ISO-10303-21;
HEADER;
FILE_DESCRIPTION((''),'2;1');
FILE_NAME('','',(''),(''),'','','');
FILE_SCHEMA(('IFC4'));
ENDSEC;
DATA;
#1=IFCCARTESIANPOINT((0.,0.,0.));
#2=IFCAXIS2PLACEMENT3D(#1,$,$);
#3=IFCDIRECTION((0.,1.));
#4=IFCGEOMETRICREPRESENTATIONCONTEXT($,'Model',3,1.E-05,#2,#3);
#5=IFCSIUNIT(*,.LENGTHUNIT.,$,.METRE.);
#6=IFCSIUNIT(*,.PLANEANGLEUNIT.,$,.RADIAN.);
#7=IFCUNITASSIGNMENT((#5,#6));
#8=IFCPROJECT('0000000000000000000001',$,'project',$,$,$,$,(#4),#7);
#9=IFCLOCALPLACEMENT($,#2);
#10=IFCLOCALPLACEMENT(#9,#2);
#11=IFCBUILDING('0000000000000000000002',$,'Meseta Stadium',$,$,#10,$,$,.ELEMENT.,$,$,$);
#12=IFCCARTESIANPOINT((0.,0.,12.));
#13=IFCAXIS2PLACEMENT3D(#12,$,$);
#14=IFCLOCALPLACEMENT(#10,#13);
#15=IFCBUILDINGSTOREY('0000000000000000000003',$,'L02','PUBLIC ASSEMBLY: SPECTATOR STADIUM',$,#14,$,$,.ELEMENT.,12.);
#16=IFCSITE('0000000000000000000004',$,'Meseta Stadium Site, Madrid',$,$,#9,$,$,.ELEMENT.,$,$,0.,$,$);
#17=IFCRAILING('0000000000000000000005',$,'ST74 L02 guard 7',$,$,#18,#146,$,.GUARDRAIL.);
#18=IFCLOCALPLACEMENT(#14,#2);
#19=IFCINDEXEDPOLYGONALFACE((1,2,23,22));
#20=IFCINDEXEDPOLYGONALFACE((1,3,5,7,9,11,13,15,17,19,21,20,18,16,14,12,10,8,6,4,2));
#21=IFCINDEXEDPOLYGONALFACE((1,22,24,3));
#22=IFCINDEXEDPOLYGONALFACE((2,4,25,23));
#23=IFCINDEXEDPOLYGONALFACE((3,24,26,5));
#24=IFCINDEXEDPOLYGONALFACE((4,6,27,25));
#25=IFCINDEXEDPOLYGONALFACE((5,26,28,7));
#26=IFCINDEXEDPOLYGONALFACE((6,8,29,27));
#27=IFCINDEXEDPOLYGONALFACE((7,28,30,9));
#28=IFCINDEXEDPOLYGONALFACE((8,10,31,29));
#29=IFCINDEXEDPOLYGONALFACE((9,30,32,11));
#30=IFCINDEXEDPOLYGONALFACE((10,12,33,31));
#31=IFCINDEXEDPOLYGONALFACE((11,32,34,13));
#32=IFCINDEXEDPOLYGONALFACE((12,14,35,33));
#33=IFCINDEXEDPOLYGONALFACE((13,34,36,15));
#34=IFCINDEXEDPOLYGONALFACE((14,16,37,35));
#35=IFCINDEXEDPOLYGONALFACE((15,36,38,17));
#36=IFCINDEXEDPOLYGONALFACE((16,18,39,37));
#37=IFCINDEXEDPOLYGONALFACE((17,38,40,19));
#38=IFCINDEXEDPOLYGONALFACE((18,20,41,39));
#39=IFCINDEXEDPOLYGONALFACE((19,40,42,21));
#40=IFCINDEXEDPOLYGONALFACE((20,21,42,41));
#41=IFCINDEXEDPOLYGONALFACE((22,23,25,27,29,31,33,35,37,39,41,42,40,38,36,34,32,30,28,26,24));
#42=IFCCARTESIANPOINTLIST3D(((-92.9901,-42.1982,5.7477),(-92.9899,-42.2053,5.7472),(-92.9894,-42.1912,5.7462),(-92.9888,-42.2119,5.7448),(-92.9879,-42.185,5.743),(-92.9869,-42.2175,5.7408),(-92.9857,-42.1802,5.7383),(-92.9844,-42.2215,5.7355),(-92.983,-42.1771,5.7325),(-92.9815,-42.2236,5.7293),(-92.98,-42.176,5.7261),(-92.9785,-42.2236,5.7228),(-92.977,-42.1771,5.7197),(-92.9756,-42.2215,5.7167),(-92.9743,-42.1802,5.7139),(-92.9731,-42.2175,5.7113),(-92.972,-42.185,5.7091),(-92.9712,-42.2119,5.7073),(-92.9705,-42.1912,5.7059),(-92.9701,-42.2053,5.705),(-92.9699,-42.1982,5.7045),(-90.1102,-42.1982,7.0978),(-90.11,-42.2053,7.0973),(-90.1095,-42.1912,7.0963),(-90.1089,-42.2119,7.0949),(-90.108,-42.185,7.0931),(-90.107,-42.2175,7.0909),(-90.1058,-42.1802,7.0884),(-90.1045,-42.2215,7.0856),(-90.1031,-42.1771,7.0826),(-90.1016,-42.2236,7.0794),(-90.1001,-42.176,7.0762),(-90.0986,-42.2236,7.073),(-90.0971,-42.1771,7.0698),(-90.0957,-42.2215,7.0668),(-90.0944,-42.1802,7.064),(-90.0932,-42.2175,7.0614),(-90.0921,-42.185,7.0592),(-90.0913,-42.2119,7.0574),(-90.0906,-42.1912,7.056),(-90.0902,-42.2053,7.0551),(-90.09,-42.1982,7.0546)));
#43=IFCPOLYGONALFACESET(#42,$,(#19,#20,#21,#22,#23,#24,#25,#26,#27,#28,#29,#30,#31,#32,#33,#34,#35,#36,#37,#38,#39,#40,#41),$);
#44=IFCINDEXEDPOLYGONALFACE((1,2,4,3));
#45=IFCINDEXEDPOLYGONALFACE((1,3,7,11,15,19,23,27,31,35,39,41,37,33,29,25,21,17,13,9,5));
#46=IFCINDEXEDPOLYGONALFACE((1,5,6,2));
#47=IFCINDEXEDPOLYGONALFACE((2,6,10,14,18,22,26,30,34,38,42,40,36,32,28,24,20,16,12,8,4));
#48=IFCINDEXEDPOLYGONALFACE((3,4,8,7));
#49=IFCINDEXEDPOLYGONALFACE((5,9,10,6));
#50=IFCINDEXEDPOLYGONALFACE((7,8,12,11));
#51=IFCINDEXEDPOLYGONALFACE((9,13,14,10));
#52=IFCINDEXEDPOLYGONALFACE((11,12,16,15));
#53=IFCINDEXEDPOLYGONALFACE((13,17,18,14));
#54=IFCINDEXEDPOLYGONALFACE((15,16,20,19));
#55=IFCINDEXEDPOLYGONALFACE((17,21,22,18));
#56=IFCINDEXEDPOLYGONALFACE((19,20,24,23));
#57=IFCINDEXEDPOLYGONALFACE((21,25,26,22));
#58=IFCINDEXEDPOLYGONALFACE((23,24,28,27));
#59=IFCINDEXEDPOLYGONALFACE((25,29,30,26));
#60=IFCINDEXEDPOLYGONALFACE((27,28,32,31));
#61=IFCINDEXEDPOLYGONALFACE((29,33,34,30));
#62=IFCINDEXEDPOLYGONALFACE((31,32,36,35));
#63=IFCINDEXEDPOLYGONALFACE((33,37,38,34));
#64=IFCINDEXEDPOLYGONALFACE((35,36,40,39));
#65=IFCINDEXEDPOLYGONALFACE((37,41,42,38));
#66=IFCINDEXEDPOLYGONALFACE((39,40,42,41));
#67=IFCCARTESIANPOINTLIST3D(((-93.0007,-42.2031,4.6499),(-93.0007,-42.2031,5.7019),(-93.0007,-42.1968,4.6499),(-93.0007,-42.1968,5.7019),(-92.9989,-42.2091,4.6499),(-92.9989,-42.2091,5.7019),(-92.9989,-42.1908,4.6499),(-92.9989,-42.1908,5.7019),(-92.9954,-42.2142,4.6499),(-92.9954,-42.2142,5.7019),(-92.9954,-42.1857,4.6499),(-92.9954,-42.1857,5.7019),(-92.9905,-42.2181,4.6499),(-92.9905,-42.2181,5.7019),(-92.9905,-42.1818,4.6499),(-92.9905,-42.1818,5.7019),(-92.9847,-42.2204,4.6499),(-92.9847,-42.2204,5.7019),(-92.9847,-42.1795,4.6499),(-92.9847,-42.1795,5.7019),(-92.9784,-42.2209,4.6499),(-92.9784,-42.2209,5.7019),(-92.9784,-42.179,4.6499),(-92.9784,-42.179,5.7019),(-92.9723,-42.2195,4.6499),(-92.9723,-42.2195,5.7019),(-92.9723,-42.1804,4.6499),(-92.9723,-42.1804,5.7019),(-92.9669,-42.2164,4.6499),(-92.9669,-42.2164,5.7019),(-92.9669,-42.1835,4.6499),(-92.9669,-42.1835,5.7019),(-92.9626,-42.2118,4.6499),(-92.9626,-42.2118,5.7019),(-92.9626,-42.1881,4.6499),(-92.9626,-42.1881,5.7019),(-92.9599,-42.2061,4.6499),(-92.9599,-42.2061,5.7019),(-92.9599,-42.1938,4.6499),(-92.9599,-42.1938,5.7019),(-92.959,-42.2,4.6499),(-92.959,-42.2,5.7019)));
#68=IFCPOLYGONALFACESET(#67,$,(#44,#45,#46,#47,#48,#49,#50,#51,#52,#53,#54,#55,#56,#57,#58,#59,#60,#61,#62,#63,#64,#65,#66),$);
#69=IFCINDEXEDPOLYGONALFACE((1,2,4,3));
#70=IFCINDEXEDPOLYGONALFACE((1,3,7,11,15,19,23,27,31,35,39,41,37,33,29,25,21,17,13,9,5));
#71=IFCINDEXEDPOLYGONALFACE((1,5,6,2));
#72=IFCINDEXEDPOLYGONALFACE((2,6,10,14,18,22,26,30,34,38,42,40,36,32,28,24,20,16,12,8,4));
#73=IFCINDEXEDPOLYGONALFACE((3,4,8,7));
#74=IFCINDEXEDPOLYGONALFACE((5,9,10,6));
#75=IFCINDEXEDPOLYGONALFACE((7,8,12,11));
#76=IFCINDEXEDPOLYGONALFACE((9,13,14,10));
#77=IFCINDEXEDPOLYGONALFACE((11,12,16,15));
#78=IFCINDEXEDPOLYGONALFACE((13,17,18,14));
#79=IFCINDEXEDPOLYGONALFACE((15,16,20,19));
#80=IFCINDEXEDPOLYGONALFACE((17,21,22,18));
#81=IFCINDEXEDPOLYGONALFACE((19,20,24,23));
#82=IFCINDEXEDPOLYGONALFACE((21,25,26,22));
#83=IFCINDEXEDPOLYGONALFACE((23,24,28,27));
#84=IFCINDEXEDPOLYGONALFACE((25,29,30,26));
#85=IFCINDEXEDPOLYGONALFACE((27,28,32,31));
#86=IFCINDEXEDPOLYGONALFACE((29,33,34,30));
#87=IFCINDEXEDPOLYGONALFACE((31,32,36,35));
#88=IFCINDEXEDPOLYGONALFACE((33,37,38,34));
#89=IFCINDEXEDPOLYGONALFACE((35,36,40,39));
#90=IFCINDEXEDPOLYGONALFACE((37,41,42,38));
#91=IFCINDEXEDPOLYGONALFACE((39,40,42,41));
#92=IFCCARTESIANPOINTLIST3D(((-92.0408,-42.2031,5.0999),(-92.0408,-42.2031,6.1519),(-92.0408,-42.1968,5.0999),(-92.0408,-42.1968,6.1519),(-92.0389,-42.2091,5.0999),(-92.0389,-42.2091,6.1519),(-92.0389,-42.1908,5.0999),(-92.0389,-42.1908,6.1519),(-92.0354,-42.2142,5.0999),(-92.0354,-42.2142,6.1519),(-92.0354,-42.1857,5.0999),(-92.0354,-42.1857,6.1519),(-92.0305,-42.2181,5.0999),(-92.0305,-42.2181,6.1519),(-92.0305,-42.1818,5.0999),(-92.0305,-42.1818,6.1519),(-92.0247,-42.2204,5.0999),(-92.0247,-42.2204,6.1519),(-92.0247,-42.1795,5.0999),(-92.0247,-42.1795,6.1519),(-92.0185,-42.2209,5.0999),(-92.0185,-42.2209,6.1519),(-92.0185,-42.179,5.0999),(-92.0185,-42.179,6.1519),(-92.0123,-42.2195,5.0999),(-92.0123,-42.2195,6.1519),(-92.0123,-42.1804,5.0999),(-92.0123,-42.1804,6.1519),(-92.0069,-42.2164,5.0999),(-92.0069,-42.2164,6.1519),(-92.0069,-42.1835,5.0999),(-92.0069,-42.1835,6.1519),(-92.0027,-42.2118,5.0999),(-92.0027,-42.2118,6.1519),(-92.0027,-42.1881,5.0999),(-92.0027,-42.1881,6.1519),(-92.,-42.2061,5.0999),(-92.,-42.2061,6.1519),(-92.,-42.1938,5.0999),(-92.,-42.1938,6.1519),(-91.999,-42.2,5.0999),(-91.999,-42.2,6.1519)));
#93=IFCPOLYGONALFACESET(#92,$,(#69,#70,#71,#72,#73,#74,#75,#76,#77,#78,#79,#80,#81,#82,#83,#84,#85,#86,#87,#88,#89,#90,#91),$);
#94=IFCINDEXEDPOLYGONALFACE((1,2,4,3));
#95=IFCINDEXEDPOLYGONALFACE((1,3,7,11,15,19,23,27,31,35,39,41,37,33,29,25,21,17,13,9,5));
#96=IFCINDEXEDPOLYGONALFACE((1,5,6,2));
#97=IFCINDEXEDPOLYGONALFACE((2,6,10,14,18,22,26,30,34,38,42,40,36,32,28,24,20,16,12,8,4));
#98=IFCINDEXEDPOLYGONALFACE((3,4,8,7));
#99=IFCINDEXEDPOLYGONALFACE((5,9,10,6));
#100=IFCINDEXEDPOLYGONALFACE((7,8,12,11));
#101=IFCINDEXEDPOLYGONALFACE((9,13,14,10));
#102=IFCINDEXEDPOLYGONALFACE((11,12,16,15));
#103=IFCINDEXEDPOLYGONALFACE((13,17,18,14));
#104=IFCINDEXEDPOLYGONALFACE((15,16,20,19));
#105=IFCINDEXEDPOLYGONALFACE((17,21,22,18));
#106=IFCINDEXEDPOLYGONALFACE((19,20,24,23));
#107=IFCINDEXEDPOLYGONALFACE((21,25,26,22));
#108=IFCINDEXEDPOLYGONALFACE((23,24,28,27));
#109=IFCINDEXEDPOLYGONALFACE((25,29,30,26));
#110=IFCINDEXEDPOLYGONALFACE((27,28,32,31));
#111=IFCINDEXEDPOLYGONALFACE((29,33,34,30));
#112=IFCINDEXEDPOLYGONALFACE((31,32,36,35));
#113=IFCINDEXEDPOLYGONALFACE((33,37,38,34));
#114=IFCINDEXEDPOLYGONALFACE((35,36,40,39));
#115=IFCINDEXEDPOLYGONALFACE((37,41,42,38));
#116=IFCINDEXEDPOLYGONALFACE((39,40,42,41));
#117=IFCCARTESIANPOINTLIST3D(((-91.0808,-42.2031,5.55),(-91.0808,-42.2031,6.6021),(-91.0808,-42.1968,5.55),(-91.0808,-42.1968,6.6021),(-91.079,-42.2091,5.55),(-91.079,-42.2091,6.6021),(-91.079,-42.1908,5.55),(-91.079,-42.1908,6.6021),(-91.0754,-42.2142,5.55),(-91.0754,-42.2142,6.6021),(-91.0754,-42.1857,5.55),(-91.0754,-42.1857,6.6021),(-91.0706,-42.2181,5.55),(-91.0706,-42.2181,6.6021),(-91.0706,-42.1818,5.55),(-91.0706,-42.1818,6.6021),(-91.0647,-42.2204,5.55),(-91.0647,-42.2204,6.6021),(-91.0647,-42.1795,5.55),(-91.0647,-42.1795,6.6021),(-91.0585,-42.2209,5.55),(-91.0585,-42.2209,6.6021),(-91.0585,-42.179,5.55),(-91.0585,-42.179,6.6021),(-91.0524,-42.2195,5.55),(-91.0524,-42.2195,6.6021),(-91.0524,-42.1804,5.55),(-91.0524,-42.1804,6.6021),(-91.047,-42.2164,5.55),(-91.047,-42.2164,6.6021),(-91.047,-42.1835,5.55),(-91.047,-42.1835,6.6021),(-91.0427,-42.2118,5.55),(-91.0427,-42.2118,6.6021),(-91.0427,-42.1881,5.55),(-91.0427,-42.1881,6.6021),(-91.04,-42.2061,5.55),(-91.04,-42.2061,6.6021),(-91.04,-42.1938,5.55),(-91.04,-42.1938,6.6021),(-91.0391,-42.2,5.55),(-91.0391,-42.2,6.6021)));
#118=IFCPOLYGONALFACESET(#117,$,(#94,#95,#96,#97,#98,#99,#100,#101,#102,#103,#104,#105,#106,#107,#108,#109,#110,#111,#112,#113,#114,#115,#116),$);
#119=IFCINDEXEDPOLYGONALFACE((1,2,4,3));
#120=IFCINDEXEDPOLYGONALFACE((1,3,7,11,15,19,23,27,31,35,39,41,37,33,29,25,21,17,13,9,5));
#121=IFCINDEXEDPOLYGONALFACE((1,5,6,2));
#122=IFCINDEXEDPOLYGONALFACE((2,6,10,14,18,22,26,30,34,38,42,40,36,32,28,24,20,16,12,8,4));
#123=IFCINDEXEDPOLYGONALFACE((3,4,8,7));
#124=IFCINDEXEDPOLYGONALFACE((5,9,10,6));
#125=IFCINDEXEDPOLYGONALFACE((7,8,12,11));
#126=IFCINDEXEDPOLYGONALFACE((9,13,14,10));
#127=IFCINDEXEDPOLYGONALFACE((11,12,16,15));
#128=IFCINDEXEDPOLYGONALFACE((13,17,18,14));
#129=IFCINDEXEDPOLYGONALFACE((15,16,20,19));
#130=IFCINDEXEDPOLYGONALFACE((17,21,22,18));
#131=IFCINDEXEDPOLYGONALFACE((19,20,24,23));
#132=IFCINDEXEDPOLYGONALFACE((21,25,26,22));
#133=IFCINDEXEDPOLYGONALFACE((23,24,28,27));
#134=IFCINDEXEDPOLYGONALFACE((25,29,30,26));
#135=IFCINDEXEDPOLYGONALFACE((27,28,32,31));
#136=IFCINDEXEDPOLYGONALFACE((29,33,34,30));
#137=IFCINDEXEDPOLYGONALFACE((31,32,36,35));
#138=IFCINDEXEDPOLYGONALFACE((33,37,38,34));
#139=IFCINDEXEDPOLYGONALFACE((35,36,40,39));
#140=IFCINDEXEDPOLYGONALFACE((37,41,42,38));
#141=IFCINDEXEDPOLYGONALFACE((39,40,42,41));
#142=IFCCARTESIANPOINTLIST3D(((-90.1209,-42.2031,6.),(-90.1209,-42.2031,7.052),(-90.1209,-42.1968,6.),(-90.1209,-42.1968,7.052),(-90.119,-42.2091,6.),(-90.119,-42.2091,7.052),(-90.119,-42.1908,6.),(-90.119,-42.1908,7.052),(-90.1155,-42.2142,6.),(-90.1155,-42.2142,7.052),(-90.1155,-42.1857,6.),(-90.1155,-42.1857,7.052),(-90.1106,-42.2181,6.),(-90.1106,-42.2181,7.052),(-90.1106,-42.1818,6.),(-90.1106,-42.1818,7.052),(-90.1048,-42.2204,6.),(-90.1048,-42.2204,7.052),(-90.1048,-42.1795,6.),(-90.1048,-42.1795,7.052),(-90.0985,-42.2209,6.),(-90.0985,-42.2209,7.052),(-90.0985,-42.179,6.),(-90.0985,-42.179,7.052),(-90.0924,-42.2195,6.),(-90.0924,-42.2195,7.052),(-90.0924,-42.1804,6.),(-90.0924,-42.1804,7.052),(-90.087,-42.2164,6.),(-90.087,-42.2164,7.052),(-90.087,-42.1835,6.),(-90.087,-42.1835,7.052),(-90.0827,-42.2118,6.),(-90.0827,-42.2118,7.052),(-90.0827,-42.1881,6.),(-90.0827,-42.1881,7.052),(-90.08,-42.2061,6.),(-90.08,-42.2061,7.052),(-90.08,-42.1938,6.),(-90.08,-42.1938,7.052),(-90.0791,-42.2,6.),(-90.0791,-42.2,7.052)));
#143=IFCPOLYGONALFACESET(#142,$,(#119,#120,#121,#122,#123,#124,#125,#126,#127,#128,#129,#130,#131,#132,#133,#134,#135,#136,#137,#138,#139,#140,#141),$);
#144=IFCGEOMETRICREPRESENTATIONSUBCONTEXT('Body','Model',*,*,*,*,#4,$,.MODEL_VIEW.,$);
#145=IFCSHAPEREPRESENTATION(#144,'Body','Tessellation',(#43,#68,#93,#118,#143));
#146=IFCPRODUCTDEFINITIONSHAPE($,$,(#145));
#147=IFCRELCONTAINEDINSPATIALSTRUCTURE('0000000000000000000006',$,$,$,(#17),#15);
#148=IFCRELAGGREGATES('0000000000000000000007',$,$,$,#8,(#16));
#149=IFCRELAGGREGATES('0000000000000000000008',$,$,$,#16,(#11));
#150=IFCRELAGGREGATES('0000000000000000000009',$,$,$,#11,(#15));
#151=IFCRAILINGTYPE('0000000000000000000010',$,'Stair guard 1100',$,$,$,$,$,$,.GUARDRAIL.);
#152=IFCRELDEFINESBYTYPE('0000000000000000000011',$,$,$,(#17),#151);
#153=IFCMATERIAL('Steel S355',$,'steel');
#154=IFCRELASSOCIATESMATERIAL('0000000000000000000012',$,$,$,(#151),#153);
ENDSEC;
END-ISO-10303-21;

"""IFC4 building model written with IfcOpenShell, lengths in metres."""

from ifc_helpers import new_model, si_unit, direction, frame, origin, origin_2d, place, context, subcontext, project, spatial, circle, extrude, material, type_object, element, save


model = new_model("IFC4")

# Units and contexts
model_context = context("Model", 3, precision=1e-05, world=origin(), true_north=direction((0.0, 1.0)))
body_context = subcontext(model_context, "Body", "Model", "MODEL_VIEW")
ifc_project = project(units=[si_unit("LENGTHUNIT", "METRE"), si_unit("PLANEANGLEUNIT", "RADIAN")], contexts=[model_context])

# Site, building, storey
site_placement = place(None, origin())
site = spatial("IfcSite", under=ifc_project, at=site_placement, Name="Meseta Stadium Site, Madrid", CompositionType="ELEMENT", RefElevation=0.0)
building_placement = place(site_placement, origin())
building = spatial("IfcBuilding", under=site, at=building_placement, Name="Meseta Stadium", CompositionType="ELEMENT")
storey_placement = place(building_placement, frame((0.0, 0.0, 12.0)))
storey = spatial("IfcBuildingStorey", under=building, at=storey_placement, Name="L02", Description="PUBLIC ASSEMBLY: SPECTATOR STADIUM", CompositionType="ELEMENT", Elevation=12.0)

# Railing
ifc_material_1 = material(Name="Steel S355", Category="steel")
railing_type_1 = type_object("IfcRailingType", Name="Stair guard 1100", PredefinedType="GUARDRAIL", material=ifc_material_1)
railing_1_placement = place(storey_placement, frame((-92.98, -42.2, 4.6499)))
element("IfcRailing", 1, at=railing_1_placement, inside=storey, type_object=railing_type_1, Name="ST74 L02 guard 7", PredefinedType="GUARDRAIL", context=body_context, shape_type="SweptSolid", body=[
    extrude(circle(Radius=0.0239, at=origin_2d()), frame((0.0, 0.0, 1.0762), z_axis=(0.90544, 0.0, 0.424473), x_axis=(0.0, 1.0, 0.0)), (0.0, 0.0, 1.0), 3.1807),
    extrude(circle(Radius=0.021, at=origin_2d()), origin(), (0.0, 0.0, 1.0), 1.052),
    extrude(circle(Radius=0.021, at=origin_2d()), frame((0.96, 0.0, 0.45)), (0.0, 0.0, 1.0), 1.052),
    extrude(circle(Radius=0.021, at=origin_2d()), frame((1.9199, 0.0, 0.9001)), (0.0, 0.0, 1.0), 1.052),
    extrude(circle(Radius=0.021, at=origin_2d()), frame((2.8799, 0.0, 1.3501)), (0.0, 0.0, 1.0), 1.052),
])

save(model, "model.ifc")
